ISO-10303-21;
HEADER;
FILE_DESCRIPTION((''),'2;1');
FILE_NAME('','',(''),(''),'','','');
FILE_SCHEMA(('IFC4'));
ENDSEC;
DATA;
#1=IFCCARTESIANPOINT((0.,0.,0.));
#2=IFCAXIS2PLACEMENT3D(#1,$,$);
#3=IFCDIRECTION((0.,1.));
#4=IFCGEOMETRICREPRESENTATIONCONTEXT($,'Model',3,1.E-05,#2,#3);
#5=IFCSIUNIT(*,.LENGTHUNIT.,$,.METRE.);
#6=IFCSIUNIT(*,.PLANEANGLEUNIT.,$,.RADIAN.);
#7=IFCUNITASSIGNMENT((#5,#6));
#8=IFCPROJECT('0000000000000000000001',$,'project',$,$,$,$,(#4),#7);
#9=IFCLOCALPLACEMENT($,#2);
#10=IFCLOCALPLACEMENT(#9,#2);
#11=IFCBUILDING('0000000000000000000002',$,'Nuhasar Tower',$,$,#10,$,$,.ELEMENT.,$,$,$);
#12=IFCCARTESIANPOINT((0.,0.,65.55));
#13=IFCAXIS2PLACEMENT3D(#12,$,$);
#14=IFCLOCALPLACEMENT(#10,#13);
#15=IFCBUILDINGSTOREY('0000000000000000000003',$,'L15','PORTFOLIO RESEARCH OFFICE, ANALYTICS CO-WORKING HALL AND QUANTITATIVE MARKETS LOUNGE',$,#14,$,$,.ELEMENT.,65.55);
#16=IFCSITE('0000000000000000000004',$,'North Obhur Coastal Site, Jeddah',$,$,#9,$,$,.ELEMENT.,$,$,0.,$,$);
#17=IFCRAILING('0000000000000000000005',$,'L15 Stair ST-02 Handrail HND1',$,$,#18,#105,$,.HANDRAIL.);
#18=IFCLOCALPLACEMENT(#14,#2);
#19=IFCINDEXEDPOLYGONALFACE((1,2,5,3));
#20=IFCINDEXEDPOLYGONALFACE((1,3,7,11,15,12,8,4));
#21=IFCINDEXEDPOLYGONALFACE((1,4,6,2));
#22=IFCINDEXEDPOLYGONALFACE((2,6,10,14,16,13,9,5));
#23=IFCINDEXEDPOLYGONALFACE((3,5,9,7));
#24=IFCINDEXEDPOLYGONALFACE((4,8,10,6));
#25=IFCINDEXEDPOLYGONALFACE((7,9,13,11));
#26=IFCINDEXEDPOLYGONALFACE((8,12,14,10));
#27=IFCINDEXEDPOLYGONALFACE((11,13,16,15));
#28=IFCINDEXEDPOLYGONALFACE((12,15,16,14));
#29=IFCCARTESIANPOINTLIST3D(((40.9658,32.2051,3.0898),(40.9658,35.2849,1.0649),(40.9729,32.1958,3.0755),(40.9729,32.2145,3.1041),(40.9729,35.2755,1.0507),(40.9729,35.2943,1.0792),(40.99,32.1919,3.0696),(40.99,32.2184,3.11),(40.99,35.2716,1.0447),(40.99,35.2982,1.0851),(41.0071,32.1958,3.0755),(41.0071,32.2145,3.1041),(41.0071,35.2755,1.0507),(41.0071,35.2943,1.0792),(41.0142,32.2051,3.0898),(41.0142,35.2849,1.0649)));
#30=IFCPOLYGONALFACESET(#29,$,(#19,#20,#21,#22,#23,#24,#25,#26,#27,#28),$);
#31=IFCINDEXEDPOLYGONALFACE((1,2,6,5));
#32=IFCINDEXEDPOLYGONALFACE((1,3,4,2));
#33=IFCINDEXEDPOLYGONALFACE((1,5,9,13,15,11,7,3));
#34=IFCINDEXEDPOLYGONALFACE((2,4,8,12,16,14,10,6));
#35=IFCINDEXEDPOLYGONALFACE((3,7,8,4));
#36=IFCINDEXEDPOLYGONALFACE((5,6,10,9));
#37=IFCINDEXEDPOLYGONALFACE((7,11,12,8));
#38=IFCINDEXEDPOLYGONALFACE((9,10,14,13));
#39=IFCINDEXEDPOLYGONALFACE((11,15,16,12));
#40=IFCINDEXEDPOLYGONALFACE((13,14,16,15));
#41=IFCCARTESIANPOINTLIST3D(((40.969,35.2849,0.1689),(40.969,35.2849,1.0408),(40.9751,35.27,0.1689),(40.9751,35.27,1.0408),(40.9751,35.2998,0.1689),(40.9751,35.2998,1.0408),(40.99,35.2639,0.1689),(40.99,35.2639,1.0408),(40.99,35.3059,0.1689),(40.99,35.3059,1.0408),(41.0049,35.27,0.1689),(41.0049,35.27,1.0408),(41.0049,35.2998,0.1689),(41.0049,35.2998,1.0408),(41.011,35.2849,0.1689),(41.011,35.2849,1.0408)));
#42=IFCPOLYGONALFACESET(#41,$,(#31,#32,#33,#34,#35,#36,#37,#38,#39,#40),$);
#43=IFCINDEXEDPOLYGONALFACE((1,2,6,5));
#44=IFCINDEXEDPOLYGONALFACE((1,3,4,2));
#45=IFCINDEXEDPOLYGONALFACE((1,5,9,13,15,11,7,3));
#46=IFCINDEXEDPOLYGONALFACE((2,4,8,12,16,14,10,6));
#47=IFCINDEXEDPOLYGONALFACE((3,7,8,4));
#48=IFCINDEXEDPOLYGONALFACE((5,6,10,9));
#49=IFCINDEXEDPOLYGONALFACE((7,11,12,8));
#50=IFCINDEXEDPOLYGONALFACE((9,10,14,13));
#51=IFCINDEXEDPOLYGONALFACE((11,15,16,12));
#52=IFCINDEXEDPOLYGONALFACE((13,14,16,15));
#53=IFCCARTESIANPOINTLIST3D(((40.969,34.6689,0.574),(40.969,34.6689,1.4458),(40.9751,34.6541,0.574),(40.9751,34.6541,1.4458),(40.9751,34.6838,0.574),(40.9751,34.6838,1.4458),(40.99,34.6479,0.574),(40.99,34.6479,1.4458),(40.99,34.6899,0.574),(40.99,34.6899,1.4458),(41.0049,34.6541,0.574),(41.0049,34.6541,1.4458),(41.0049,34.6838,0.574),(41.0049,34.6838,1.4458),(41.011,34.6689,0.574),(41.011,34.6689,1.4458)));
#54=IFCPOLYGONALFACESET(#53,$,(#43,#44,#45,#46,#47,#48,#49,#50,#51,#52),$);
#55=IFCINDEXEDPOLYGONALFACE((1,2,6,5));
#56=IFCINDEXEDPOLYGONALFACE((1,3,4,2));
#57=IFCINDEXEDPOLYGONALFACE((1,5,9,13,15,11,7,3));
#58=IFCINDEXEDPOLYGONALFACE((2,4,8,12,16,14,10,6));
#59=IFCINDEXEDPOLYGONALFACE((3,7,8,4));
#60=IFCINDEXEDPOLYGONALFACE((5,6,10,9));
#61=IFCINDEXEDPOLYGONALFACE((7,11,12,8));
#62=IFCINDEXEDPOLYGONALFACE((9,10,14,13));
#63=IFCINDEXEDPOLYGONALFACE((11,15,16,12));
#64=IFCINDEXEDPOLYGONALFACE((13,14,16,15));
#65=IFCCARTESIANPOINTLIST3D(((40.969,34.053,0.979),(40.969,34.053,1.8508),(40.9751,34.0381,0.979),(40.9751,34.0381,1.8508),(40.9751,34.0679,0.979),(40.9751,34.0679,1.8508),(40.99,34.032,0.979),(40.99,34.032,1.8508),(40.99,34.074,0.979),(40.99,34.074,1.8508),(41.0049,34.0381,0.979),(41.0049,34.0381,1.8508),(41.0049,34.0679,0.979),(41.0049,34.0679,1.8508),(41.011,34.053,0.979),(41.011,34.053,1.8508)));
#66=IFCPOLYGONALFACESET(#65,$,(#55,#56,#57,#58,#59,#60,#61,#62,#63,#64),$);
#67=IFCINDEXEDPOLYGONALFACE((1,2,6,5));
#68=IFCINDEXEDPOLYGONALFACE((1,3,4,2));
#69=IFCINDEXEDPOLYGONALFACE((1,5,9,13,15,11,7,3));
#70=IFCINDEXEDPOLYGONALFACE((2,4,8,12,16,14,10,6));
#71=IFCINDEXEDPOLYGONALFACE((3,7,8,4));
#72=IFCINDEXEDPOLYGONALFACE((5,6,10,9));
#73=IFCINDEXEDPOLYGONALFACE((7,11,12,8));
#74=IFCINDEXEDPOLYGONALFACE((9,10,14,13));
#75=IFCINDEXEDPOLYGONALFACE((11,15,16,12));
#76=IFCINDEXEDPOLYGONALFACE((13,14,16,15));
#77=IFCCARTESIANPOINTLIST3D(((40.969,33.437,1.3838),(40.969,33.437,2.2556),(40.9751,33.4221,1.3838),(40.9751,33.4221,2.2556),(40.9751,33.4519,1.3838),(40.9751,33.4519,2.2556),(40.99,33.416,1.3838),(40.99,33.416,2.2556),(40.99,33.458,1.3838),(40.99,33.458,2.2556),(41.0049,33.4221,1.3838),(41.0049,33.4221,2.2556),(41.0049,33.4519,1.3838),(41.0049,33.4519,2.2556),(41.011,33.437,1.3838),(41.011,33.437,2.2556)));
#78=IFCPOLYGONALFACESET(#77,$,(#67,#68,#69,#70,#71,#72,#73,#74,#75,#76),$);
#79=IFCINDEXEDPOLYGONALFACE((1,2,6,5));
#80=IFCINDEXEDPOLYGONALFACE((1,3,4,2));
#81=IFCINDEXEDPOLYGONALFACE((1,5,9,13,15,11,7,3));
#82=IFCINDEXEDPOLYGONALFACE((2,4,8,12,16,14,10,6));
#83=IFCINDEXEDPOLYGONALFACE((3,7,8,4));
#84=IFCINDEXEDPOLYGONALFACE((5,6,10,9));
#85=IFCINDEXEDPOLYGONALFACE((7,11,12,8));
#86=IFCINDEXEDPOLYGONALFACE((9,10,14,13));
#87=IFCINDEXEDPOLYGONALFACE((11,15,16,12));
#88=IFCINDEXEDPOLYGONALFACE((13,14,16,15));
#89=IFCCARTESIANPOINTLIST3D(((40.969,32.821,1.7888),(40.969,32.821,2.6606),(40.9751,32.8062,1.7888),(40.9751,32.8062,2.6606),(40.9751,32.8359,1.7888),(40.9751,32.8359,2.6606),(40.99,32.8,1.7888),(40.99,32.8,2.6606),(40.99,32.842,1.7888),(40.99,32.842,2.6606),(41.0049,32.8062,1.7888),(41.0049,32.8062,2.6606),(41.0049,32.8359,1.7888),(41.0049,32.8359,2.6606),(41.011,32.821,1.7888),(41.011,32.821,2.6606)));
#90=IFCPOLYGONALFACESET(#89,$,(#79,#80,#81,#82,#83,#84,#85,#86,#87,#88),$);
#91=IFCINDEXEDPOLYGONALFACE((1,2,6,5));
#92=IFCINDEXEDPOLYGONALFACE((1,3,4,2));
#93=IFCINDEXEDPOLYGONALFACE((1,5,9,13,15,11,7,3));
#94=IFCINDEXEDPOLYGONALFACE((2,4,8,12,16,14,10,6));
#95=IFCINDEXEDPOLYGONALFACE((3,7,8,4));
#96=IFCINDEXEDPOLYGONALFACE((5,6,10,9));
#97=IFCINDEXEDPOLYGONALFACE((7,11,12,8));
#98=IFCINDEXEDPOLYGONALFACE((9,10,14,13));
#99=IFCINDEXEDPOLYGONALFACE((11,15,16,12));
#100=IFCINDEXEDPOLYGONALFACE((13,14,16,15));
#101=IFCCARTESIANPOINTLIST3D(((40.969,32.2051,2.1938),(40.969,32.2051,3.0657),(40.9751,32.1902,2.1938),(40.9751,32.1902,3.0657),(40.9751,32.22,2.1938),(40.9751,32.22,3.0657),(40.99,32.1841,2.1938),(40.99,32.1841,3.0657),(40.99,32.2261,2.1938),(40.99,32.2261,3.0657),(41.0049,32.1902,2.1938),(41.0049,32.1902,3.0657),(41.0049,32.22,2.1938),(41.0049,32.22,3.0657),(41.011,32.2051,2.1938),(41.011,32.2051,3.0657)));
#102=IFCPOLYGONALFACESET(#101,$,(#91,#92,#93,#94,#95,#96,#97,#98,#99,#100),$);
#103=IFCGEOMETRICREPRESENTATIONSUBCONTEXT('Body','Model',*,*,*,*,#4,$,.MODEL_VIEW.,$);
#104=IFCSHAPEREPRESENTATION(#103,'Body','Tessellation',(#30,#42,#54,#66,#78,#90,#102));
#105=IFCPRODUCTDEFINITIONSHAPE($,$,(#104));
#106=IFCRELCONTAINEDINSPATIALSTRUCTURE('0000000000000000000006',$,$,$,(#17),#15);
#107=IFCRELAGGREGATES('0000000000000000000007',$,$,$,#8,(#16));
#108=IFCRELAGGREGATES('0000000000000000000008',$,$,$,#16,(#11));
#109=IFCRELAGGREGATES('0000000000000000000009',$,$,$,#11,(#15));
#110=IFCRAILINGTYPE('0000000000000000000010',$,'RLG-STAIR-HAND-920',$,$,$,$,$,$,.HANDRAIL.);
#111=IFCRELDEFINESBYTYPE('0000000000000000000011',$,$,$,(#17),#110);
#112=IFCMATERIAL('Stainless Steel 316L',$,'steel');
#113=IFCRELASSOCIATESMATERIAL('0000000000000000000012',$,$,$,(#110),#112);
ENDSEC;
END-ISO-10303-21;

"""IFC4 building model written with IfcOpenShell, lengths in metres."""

from ifc_helpers import new_model, si_unit, direction, frame, origin, place, context, subcontext, project, spatial, polyline, outline, extrude, material, type_object, element, save


model = new_model("IFC4")

# Units and contexts
model_context = context("Model", 3, precision=1e-05, world=origin(), true_north=direction((0.0, 1.0)))
body_context = subcontext(model_context, "Body", "Model", "MODEL_VIEW")
ifc_project = project(units=[si_unit("LENGTHUNIT", "METRE"), si_unit("PLANEANGLEUNIT", "RADIAN")], contexts=[model_context])

# Site, building, storey
site_placement = place(None, origin())
site = spatial("IfcSite", under=ifc_project, at=site_placement, Name="North Obhur Coastal Site, Jeddah", CompositionType="ELEMENT", RefElevation=0.0)
building_placement = place(site_placement, origin())
building = spatial("IfcBuilding", under=site, at=building_placement, Name="Nuhasar Tower", CompositionType="ELEMENT")
storey_placement = place(building_placement, frame((0.0, 0.0, 65.55)))
storey = spatial("IfcBuildingStorey", under=building, at=storey_placement, Name="L15", Description="PORTFOLIO RESEARCH OFFICE, ANALYTICS CO-WORKING HALL AND QUANTITATIVE MARKETS LOUNGE", CompositionType="ELEMENT", Elevation=65.55)

# Railing
ifc_material_1 = material(Name="Stainless Steel 316L", Category="steel")
railing_type_1 = type_object("IfcRailingType", Name="RLG-STAIR-HAND-920", PredefinedType="HANDRAIL", material=ifc_material_1)
railing_1_placement = place(storey_placement, frame((40.99, 35.2849, 0.1689)))
element("IfcRailing", 1, at=railing_1_placement, inside=storey, type_object=railing_type_1, Name="L15 Stair ST-02 Handrail HND1", PredefinedType="HANDRAIL", context=body_context, shape_type="SweptSolid", body=[
    extrude(outline(polyline([(0.0242, 0.0), (0.0171, 0.0171), (0.0, 0.0242), (-0.0171, 0.0171), (-0.0242, 0.0), (-0.0171, -0.0171), (0.0, -0.0242), (0.0171, -0.0171), (0.0242, 0.0)])), frame((0.0, 0.0, 0.896), z_axis=(0.0, -0.83558, 0.54937), x_axis=(1.0, 0.0, 0.0)), (0.0, 0.0, 1.0), 3.6858),
    extrude(outline(polyline([(0.021, 0.0), (0.0149, 0.0149), (0.0, 0.021), (-0.0149, 0.0149), (-0.021, 0.0), (-0.0149, -0.0149), (0.0, -0.021), (0.0149, -0.0149), (0.021, 0.0)])), origin(), (0.0, 0.0, 1.0), 0.8718),
    extrude(outline(polyline([(0.021, 0.0), (0.0149, 0.0149), (0.0, 0.021), (-0.0149, 0.0149), (-0.021, 0.0), (-0.0149, -0.0149), (0.0, -0.021), (0.0149, -0.0149), (0.021, 0.0)])), frame((0.0, -0.616, 0.405)), (0.0, 0.0, 1.0), 0.8718),
    extrude(outline(polyline([(0.021, 0.0), (0.0149, 0.0149), (0.0, 0.021), (-0.0149, 0.0149), (-0.021, 0.0), (-0.0149, -0.0149), (0.0, -0.021), (0.0149, -0.0149), (0.021, 0.0)])), frame((0.0, -1.2319, 0.8101)), (0.0, 0.0, 1.0), 0.8718),
    extrude(outline(polyline([(0.021, 0.0), (0.0149, 0.0149), (0.0, 0.021), (-0.0149, 0.0149), (-0.021, 0.0), (-0.0149, -0.0149), (0.0, -0.021), (0.0149, -0.0149), (0.021, 0.0)])), frame((0.0, -1.8479, 1.2148)), (0.0, 0.0, 1.0), 0.8718),
    extrude(outline(polyline([(0.021, 0.0), (0.0149, 0.0149), (0.0, 0.021), (-0.0149, 0.0149), (-0.021, 0.0), (-0.0149, -0.0149), (0.0, -0.021), (0.0149, -0.0149), (0.021, 0.0)])), frame((0.0, -2.4639, 1.6199)), (0.0, 0.0, 1.0), 0.8718),
    extrude(outline(polyline([(0.021, 0.0), (0.0149, 0.0149), (0.0, 0.021), (-0.0149, 0.0149), (-0.021, 0.0), (-0.0149, -0.0149), (0.0, -0.021), (0.0149, -0.0149), (0.021, 0.0)])), frame((0.0, -3.0798, 2.0249)), (0.0, 0.0, 1.0), 0.8718),
])

save(model, "model.ifc")
